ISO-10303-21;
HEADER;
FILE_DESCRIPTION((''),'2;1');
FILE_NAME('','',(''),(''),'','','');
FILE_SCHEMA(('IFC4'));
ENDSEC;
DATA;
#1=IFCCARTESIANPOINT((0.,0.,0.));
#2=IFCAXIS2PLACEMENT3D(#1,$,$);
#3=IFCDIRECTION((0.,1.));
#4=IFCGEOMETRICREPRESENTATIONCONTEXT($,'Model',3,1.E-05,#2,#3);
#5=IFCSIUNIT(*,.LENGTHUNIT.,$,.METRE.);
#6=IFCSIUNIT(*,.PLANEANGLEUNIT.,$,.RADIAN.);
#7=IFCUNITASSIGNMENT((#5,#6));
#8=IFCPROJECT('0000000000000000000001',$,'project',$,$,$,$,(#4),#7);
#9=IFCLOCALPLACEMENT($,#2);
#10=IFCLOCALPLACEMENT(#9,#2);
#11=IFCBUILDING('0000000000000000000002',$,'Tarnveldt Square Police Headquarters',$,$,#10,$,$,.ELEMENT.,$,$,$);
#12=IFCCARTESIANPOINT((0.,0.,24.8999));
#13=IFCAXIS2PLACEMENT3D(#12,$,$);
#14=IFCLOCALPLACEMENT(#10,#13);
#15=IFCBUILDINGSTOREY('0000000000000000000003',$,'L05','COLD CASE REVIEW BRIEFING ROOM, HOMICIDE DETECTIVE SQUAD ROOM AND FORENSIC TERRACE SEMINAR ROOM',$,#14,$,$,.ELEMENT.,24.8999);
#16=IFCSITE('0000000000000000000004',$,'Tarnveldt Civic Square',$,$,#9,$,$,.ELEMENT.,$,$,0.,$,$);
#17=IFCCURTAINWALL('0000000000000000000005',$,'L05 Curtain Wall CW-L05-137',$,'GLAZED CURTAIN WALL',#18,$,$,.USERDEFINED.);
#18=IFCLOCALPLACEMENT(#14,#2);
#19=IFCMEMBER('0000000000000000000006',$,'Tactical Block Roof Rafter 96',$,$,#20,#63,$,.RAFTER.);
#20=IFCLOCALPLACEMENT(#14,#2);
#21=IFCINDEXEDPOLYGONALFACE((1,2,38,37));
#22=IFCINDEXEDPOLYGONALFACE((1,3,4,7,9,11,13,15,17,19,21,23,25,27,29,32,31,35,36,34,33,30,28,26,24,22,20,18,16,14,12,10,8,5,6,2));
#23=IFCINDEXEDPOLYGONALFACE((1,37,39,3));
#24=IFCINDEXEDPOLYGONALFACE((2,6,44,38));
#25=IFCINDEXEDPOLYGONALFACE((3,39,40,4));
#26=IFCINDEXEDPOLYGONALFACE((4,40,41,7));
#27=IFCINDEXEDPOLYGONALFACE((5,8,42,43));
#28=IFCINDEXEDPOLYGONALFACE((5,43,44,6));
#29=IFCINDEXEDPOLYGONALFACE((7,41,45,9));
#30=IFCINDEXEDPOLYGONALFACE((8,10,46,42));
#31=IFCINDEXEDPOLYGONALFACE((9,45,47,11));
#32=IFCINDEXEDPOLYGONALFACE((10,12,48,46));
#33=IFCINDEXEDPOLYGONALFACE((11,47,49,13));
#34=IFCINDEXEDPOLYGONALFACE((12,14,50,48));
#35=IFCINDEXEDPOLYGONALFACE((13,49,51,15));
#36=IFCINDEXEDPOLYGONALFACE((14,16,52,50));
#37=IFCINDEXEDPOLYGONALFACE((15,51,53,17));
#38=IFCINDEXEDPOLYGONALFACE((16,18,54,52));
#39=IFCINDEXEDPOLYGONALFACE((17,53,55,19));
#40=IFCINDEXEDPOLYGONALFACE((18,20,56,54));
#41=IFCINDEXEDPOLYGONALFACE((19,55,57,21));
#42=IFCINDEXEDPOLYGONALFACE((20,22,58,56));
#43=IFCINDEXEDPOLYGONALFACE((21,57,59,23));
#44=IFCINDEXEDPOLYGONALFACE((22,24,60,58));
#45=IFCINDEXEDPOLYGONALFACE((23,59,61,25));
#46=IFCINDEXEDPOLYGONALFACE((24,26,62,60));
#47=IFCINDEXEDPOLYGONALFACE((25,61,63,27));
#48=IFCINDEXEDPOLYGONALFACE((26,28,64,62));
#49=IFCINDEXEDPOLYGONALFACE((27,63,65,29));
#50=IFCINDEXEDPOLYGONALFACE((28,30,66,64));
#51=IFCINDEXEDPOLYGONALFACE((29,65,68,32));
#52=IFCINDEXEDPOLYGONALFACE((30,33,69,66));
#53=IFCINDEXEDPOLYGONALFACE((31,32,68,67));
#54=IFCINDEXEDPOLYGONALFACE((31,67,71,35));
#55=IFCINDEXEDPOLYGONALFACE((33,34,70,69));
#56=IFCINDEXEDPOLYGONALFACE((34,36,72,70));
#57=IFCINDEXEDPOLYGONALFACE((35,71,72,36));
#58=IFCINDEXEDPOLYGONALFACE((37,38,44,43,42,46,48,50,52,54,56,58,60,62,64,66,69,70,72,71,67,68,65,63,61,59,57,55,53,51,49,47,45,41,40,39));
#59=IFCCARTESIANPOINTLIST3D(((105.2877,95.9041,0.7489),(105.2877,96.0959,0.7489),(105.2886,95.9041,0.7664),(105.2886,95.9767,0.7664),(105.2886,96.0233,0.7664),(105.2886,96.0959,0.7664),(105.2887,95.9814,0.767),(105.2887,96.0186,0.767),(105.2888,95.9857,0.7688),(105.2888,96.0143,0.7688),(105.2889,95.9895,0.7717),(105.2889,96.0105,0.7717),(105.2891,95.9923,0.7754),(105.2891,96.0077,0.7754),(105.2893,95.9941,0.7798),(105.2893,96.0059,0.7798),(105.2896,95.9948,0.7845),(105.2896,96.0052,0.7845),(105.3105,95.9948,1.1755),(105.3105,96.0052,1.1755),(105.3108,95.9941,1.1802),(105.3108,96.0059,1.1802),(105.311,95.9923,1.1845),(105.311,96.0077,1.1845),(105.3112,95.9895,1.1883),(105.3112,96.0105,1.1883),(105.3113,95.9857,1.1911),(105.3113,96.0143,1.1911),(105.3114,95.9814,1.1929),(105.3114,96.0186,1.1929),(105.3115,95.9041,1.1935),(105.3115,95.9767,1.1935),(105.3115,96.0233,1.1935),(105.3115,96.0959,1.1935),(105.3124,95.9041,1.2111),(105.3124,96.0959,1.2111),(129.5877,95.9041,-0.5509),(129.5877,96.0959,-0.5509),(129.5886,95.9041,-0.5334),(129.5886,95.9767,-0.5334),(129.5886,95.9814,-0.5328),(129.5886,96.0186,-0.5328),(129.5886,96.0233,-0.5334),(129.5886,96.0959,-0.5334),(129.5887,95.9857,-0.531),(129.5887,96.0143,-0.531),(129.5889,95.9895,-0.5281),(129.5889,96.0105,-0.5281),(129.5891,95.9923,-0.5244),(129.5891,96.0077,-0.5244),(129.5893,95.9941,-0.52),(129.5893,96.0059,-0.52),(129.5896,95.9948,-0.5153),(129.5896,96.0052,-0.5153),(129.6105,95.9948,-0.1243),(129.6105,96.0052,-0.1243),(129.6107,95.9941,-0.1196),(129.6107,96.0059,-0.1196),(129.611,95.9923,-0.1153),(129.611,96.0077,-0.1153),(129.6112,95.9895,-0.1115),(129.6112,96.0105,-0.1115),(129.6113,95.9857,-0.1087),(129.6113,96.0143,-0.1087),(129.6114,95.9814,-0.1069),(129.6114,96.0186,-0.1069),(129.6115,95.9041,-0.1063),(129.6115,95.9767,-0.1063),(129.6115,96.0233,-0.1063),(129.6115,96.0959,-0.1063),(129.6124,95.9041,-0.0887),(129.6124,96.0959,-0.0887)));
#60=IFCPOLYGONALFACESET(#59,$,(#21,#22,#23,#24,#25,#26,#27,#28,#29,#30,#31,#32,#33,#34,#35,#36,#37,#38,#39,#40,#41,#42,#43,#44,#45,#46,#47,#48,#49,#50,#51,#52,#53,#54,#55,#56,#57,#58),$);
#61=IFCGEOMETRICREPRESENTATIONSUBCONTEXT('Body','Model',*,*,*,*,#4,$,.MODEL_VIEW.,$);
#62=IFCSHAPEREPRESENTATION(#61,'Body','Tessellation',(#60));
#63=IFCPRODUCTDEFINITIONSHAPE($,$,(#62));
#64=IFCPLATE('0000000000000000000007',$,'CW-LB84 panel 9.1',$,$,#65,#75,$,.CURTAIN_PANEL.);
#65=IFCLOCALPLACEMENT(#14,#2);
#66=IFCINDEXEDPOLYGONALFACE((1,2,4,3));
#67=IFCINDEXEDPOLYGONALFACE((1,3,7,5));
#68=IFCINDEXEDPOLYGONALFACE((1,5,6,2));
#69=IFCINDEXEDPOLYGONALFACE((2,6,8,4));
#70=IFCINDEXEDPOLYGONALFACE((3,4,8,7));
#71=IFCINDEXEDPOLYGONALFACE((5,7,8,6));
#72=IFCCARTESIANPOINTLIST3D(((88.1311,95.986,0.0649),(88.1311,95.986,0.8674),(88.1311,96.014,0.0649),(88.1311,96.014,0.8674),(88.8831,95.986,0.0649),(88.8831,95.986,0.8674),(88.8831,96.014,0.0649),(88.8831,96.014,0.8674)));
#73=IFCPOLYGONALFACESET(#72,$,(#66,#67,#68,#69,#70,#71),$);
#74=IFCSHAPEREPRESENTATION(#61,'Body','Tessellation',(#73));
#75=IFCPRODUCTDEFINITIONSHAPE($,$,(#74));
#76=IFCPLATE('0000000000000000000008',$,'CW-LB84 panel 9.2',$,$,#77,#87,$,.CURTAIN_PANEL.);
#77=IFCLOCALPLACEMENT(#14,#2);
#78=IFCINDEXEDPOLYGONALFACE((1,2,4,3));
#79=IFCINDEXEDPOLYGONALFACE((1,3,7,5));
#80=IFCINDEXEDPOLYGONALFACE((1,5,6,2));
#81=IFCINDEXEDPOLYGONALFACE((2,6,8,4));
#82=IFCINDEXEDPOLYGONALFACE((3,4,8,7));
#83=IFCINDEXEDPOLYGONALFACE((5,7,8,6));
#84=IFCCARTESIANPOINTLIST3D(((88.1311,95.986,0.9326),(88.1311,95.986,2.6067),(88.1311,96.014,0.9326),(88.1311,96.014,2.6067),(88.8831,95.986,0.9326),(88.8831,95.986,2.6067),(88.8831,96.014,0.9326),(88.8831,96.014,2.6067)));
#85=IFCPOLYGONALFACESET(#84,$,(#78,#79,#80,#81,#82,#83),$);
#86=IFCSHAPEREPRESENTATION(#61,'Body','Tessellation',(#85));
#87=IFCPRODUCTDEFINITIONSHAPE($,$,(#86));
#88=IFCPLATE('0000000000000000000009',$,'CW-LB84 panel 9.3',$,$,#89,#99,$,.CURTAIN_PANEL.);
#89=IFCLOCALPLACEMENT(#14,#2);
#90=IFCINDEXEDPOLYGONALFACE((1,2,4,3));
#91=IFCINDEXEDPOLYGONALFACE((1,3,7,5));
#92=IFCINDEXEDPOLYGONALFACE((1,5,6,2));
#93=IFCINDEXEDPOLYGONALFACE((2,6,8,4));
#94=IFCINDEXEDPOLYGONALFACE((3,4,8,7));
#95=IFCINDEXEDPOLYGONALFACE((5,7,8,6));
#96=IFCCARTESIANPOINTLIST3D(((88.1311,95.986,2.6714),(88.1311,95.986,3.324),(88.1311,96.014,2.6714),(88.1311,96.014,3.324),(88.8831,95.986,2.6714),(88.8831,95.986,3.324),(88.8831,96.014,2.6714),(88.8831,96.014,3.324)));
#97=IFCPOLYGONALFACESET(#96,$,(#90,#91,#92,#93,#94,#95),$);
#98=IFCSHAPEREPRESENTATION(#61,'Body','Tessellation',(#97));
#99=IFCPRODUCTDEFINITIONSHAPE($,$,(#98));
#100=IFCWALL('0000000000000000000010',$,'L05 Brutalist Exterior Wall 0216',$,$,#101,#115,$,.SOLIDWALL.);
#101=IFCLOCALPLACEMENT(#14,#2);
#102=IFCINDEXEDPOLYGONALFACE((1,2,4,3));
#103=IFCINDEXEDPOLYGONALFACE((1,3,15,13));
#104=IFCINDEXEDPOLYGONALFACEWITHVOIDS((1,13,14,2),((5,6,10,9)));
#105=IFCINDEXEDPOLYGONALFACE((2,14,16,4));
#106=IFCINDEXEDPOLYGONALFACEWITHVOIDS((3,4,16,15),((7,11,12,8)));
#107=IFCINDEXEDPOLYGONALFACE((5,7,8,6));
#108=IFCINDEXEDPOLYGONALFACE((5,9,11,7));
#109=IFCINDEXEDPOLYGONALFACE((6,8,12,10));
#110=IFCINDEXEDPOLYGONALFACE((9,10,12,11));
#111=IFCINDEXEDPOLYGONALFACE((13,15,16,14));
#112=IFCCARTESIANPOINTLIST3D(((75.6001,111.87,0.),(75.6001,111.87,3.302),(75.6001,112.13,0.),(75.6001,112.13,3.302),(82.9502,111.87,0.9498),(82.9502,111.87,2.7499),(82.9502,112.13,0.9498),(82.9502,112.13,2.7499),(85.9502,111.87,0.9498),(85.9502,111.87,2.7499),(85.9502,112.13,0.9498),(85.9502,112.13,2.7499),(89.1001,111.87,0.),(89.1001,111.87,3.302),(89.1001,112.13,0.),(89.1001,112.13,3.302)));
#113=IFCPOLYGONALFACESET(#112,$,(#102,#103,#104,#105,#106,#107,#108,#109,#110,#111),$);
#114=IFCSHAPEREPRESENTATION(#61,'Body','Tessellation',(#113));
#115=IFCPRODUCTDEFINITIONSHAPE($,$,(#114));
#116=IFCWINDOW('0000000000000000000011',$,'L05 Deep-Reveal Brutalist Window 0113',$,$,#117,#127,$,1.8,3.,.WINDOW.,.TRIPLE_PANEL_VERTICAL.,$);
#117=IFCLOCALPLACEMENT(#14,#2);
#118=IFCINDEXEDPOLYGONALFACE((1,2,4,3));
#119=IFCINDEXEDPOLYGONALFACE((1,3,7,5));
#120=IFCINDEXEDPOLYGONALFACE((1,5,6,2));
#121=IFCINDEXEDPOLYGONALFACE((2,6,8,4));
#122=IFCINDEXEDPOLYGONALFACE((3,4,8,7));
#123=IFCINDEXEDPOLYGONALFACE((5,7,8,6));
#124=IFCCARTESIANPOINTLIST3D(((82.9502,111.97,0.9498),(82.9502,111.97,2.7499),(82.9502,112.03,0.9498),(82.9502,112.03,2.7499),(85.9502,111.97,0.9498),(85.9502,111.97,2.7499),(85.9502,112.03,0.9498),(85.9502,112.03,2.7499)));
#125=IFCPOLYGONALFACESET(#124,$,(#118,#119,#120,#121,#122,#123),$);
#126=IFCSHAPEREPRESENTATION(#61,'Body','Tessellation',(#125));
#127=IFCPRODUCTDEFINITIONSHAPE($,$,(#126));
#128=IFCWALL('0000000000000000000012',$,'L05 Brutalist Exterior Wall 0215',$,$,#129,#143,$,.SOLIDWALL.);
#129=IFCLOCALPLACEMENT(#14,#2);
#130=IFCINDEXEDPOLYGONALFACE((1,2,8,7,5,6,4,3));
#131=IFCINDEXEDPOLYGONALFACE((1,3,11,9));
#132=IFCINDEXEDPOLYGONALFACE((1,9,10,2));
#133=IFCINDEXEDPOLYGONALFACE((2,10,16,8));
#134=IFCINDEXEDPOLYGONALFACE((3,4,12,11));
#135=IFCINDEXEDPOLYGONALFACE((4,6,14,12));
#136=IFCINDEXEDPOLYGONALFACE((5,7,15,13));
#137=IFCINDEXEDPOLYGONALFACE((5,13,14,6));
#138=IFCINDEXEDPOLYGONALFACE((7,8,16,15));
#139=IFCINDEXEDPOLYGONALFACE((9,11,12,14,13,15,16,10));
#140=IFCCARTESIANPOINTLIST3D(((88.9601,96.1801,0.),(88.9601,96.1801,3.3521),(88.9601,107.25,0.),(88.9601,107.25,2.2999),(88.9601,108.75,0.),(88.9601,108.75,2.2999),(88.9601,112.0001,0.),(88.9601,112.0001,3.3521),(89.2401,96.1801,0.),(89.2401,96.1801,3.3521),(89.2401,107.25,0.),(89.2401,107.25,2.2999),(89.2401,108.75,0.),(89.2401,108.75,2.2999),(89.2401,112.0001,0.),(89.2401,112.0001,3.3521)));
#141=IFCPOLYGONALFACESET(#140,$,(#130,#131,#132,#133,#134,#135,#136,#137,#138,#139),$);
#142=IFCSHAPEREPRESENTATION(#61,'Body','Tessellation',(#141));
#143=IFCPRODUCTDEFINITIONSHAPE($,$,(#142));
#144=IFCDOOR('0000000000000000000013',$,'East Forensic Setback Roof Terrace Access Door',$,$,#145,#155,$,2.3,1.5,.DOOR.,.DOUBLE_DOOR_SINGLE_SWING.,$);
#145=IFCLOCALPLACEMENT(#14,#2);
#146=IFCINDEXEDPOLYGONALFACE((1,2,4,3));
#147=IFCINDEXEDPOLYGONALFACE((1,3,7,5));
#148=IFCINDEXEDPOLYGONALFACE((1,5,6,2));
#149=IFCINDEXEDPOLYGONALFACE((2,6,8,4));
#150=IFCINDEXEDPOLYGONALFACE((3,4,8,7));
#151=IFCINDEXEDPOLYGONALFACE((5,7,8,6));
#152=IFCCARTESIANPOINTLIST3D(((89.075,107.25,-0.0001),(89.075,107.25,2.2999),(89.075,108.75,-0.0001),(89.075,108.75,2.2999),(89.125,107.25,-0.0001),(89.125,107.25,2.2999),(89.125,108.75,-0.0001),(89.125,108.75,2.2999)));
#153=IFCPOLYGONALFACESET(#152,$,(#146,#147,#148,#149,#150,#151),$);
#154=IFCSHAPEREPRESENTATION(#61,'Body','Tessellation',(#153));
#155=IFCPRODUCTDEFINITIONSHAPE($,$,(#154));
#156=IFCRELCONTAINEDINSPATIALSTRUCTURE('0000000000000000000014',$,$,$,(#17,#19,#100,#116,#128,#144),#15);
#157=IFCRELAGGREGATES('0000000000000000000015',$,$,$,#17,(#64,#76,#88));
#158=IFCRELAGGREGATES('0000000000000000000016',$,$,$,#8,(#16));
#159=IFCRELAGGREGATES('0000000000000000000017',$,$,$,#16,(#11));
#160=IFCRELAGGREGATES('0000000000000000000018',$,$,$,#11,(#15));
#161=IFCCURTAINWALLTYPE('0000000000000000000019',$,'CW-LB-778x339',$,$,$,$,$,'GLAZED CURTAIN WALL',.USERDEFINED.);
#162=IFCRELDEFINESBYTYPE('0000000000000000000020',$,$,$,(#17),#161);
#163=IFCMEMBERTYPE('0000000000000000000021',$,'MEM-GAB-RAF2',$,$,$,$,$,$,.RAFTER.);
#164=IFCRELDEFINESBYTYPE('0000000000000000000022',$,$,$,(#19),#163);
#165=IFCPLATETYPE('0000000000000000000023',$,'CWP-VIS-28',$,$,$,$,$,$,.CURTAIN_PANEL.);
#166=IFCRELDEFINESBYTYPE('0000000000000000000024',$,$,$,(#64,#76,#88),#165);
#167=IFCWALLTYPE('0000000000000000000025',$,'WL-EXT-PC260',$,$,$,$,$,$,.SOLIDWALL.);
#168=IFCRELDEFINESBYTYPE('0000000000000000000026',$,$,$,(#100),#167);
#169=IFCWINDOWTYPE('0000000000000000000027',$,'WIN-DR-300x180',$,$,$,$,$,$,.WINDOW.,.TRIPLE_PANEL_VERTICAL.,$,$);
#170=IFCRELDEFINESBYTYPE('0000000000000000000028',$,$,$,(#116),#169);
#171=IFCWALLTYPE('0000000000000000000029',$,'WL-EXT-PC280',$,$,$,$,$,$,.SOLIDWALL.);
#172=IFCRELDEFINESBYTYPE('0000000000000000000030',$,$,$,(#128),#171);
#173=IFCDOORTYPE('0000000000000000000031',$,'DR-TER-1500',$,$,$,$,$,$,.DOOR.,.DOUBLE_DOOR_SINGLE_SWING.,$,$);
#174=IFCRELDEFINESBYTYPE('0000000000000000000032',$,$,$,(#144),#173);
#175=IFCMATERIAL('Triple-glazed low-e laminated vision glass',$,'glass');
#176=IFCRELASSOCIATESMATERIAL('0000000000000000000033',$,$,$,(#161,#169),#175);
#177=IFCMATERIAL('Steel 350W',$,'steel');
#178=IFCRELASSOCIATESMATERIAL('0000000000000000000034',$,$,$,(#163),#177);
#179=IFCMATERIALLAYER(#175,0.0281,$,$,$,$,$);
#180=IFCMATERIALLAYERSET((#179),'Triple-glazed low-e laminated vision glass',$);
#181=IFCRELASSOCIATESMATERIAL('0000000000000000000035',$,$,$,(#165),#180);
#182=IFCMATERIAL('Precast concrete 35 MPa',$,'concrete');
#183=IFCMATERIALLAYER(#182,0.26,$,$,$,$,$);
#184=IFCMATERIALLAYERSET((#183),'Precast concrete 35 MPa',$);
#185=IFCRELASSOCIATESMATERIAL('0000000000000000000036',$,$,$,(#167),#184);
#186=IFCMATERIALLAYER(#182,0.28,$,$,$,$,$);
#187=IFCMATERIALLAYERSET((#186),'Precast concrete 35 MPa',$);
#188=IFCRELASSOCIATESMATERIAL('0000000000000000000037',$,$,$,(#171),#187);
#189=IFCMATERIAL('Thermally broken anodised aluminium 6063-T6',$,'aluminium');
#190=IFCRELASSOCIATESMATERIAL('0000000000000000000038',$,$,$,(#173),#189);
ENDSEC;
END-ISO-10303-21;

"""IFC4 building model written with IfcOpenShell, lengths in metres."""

from ifc_helpers import new_model, si_unit, direction, frame, frame_2d, origin, origin_2d, place, context, subcontext, project, spatial, rectangle, i_section, extrude, material, layer, layer_set, material_profile, profile_set, type_object, element, fill, aggregate, save


model = new_model("IFC4")

# Units and contexts
model_context = context("Model", 3, precision=1e-05, world=origin(), true_north=direction((0.0, 1.0)))
body_context = subcontext(model_context, "Body", "Model", "MODEL_VIEW")
ifc_project = project(units=[si_unit("LENGTHUNIT", "METRE"), si_unit("PLANEANGLEUNIT", "RADIAN")], contexts=[model_context])

# Site, building, storey
site_placement = place(None, origin())
site = spatial("IfcSite", under=ifc_project, at=site_placement, Name="Tarnveldt Civic Square", CompositionType="ELEMENT", RefElevation=0.0)
building_placement = place(site_placement, origin())
building = spatial("IfcBuilding", under=site, at=building_placement, Name="Tarnveldt Square Police Headquarters", CompositionType="ELEMENT")
storey_placement = place(building_placement, frame((0.0, 0.0, 24.8999)))
storey = spatial("IfcBuildingStorey", under=building, at=storey_placement, Name="L05", Description="COLD CASE REVIEW BRIEFING ROOM, HOMICIDE DETECTIVE SQUAD ROOM AND FORENSIC TERRACE SEMINAR ROOM", CompositionType="ELEMENT", Elevation=24.8999)

# Shared definitions
ifc_material_1 = material(Name="Steel 350W", Category="steel")

# Curtain wall
ifc_material_2 = material(Name="Triple-glazed low-e laminated vision glass", Category="glass")
curtain_wall_type = type_object("IfcCurtainWallType", Name="CW-LB-778x339", ElementType="GLAZED CURTAIN WALL", PredefinedType="USERDEFINED", material=ifc_material_2)
curtain_wall_placement = place(storey_placement, origin())
curtain_wall = element("IfcCurtainWall", 1, at=curtain_wall_placement, inside=storey, type_object=curtain_wall_type, Name="L05 Curtain Wall CW-L05-137", ObjectType="GLAZED CURTAIN WALL", PredefinedType="USERDEFINED")
ifc_material_3 = material(Name="Thermally broken anodised aluminium 6063-T6", Category="aluminium")

# Member
ifc_material_profile_1 = material_profile(ifc_material_1, i_section(OverallWidth=0.1919, OverallDepth=0.4629, WebThickness=0.0105, FlangeThickness=0.0176, FilletRadius=0.0181, at=origin_2d()), Name="W460x89")
ifc_profile_set_1 = profile_set([ifc_material_profile_1], Name="Steel 350W")
member_type_1 = type_object("IfcMemberType", Name="MEM-GAB-RAF2", PredefinedType="RAFTER", material=ifc_profile_set_1)
member_1_placement = place(storey_placement, frame((105.3, 96.0, 0.98), z_axis=(0.998572, 0.0, -0.053413), x_axis=(0.0, 1.0, 0.0)))
element("IfcMember", 2, at=member_1_placement, inside=storey, type_object=member_type_1, Name="Tactical Block Roof Rafter 96", PredefinedType="RAFTER", context=body_context, shape_type="SweptSolid", body=[
    extrude(i_section(OverallWidth=0.1919, OverallDepth=0.4629, WebThickness=0.0105, FlangeThickness=0.0176, FilletRadius=0.0181, at=origin_2d()), origin(), (0.0, 0.0, 1.0), 24.3347),
])

# Plates
ifc_layer_1 = layer(ifc_material_2, 0.0281)
ifc_layer_set_1 = layer_set([ifc_layer_1], Name="Triple-glazed low-e laminated vision glass")
plate_type = type_object("IfcPlateType", Name="CWP-VIS-28", PredefinedType="CURTAIN_PANEL", material=ifc_layer_set_1)
plate_1_placement = place(storey_placement, frame((88.5071, 96.0, 0.0649), z_axis=(0.0, 0.0, 1.0), x_axis=(1.0, 0.0, 0.0)))
plate_1 = element("IfcPlate", 3, at=plate_1_placement, type_object=plate_type, Name="CW-LB84 panel 9.1", PredefinedType="CURTAIN_PANEL", context=body_context, shape_type="SweptSolid", body=[
    extrude(rectangle(XDim=0.752, YDim=0.0281, at=origin_2d()), origin(), (0.0, 0.0, 1.0), 0.8025),
])
plate_2_placement = place(storey_placement, frame((88.5071, 96.0, 0.9326), z_axis=(0.0, 0.0, 1.0), x_axis=(1.0, 0.0, 0.0)))
plate_2 = element("IfcPlate", 4, at=plate_2_placement, type_object=plate_type, Name="CW-LB84 panel 9.2", PredefinedType="CURTAIN_PANEL", context=body_context, shape_type="SweptSolid", body=[
    extrude(rectangle(XDim=0.752, YDim=0.0281, at=origin_2d()), origin(), (0.0, 0.0, 1.0), 1.6741),
])
plate_3_placement = place(storey_placement, frame((88.5071, 96.0, 2.6714), z_axis=(0.0, 0.0, 1.0), x_axis=(1.0, 0.0, 0.0)))
plate_3 = element("IfcPlate", 5, at=plate_3_placement, type_object=plate_type, Name="CW-LB84 panel 9.3", PredefinedType="CURTAIN_PANEL", context=body_context, shape_type="SweptSolid", body=[
    extrude(rectangle(XDim=0.752, YDim=0.0281, at=origin_2d()), origin(), (0.0, 0.0, 1.0), 0.6526),
])
aggregate(curtain_wall, [plate_1, plate_2, plate_3])

# Wall, opening, window
ifc_material_4 = material(Name="Precast concrete 35 MPa", Category="concrete")
ifc_layer_2 = layer(ifc_material_4, 0.26)
ifc_layer_set_2 = layer_set([ifc_layer_2], Name="Precast concrete 35 MPa")
wall_type_1 = type_object("IfcWallType", Name="WL-EXT-PC260", PredefinedType="SOLIDWALL", material=ifc_layer_set_2)
wall_1_placement = place(storey_placement, frame((89.1001, 112.0, 0.0), z_axis=(0.0, 0.0, 1.0), x_axis=(-1.0, 0.0, 0.0)))
wall_1 = element("IfcWall", 6, at=wall_1_placement, inside=storey, type_object=wall_type_1, Name="L05 Brutalist Exterior Wall 0216", PredefinedType="SOLIDWALL", context=body_context, shape_type="SweptSolid", body=[
    extrude(rectangle(XDim=13.5, YDim=0.26, at=frame_2d((6.75, 0.0))), origin(), (0.0, 0.0, 1.0), 3.302),
])
opening_1_placement = place(wall_1_placement, frame((3.1499, 0.0, 0.95)))
opening_1 = element("IfcOpeningElement", 7, at=opening_1_placement, cuts=wall_1, PredefinedType="OPENING", context=body_context, shape_type="SweptSolid", body=[
    extrude(rectangle(XDim=3.0, YDim=1.8, at=frame_2d((1.5, 0.8999))), frame((0.0, 0.1399, 0.0), z_axis=(0.0, -1.0, 0.0), x_axis=(1.0, 0.0, 0.0)), (0.0, 0.0, 1.0), 0.28),
])
window_type = type_object("IfcWindowType", Name="WIN-DR-300x180", PartitioningType="TRIPLE_PANEL_VERTICAL", PredefinedType="WINDOW", material=ifc_material_2)
window_placement = place(opening_1_placement, origin())
window = element("IfcWindow", 8, at=window_placement, inside=storey, type_object=window_type, Name="L05 Deep-Reveal Brutalist Window 0113", OverallHeight=1.8, OverallWidth=3.0, PartitioningType="TRIPLE_PANEL_VERTICAL", PredefinedType="WINDOW", context=body_context, shape_type="SweptSolid", body=[
    extrude(rectangle(XDim=3.0, YDim=1.8, at=frame_2d((1.5, 0.8999))), frame((0.0, 0.03, 0.0), z_axis=(0.0, -1.0, 0.0), x_axis=(1.0, 0.0, 0.0)), (0.0, 0.0, 1.0), 0.0601),
])
fill(opening_1, window)

# Wall, opening, door
ifc_layer_3 = layer(ifc_material_4, 0.28)
ifc_layer_set_3 = layer_set([ifc_layer_3], Name="Precast concrete 35 MPa")
wall_type_2 = type_object("IfcWallType", Name="WL-EXT-PC280", PredefinedType="SOLIDWALL", material=ifc_layer_set_3)
wall_2_placement = place(storey_placement, frame((89.1001, 96.1799, 0.0), z_axis=(0.0, 0.0, 1.0), x_axis=(0.0, 1.0, 0.0)))
wall_2 = element("IfcWall", 9, at=wall_2_placement, inside=storey, type_object=wall_type_2, Name="L05 Brutalist Exterior Wall 0215", PredefinedType="SOLIDWALL", context=body_context, shape_type="SweptSolid", body=[
    extrude(rectangle(XDim=15.8201, YDim=0.28, at=frame_2d((7.9102, 0.0))), origin(), (0.0, 0.0, 1.0), 3.3521),
])
opening_2_placement = place(wall_2_placement, frame((11.0701, 0.0, 0.0)))
opening_2 = element("IfcOpeningElement", 10, at=opening_2_placement, cuts=wall_2, PredefinedType="OPENING", context=body_context, shape_type="SweptSolid", body=[
    extrude(rectangle(XDim=1.5, YDim=2.3, at=frame_2d((0.75, 1.1499))), frame((0.0, 0.1499, 0.0), z_axis=(0.0, -1.0, 0.0), x_axis=(1.0, 0.0, 0.0)), (0.0, 0.0, 1.0), 0.3),
])
door_type = type_object("IfcDoorType", Name="DR-TER-1500", OperationType="DOUBLE_DOOR_SINGLE_SWING", PredefinedType="DOOR", material=ifc_material_3)
door_placement = place(opening_2_placement, frame((1.5, 0.0, 0.0), z_axis=(0.0, 0.0, 1.0), x_axis=(-1.0, 0.0, 0.0)))
door = element("IfcDoor", 11, at=door_placement, inside=storey, type_object=door_type, Name="East Forensic Setback Roof Terrace Access Door", OperationType="DOUBLE_DOOR_SINGLE_SWING", OverallHeight=2.3, OverallWidth=1.5, PredefinedType="DOOR", context=body_context, shape_type="SweptSolid", body=[
    extrude(rectangle(XDim=1.5, YDim=2.3, at=frame_2d((0.75, 1.1499))), frame((0.0, 0.0249, 0.0), z_axis=(0.0, -1.0, 0.0), x_axis=(1.0, 0.0, 0.0)), (0.0, 0.0, 1.0), 0.05),
])
fill(opening_2, door)

save(model, "model.ifc")
